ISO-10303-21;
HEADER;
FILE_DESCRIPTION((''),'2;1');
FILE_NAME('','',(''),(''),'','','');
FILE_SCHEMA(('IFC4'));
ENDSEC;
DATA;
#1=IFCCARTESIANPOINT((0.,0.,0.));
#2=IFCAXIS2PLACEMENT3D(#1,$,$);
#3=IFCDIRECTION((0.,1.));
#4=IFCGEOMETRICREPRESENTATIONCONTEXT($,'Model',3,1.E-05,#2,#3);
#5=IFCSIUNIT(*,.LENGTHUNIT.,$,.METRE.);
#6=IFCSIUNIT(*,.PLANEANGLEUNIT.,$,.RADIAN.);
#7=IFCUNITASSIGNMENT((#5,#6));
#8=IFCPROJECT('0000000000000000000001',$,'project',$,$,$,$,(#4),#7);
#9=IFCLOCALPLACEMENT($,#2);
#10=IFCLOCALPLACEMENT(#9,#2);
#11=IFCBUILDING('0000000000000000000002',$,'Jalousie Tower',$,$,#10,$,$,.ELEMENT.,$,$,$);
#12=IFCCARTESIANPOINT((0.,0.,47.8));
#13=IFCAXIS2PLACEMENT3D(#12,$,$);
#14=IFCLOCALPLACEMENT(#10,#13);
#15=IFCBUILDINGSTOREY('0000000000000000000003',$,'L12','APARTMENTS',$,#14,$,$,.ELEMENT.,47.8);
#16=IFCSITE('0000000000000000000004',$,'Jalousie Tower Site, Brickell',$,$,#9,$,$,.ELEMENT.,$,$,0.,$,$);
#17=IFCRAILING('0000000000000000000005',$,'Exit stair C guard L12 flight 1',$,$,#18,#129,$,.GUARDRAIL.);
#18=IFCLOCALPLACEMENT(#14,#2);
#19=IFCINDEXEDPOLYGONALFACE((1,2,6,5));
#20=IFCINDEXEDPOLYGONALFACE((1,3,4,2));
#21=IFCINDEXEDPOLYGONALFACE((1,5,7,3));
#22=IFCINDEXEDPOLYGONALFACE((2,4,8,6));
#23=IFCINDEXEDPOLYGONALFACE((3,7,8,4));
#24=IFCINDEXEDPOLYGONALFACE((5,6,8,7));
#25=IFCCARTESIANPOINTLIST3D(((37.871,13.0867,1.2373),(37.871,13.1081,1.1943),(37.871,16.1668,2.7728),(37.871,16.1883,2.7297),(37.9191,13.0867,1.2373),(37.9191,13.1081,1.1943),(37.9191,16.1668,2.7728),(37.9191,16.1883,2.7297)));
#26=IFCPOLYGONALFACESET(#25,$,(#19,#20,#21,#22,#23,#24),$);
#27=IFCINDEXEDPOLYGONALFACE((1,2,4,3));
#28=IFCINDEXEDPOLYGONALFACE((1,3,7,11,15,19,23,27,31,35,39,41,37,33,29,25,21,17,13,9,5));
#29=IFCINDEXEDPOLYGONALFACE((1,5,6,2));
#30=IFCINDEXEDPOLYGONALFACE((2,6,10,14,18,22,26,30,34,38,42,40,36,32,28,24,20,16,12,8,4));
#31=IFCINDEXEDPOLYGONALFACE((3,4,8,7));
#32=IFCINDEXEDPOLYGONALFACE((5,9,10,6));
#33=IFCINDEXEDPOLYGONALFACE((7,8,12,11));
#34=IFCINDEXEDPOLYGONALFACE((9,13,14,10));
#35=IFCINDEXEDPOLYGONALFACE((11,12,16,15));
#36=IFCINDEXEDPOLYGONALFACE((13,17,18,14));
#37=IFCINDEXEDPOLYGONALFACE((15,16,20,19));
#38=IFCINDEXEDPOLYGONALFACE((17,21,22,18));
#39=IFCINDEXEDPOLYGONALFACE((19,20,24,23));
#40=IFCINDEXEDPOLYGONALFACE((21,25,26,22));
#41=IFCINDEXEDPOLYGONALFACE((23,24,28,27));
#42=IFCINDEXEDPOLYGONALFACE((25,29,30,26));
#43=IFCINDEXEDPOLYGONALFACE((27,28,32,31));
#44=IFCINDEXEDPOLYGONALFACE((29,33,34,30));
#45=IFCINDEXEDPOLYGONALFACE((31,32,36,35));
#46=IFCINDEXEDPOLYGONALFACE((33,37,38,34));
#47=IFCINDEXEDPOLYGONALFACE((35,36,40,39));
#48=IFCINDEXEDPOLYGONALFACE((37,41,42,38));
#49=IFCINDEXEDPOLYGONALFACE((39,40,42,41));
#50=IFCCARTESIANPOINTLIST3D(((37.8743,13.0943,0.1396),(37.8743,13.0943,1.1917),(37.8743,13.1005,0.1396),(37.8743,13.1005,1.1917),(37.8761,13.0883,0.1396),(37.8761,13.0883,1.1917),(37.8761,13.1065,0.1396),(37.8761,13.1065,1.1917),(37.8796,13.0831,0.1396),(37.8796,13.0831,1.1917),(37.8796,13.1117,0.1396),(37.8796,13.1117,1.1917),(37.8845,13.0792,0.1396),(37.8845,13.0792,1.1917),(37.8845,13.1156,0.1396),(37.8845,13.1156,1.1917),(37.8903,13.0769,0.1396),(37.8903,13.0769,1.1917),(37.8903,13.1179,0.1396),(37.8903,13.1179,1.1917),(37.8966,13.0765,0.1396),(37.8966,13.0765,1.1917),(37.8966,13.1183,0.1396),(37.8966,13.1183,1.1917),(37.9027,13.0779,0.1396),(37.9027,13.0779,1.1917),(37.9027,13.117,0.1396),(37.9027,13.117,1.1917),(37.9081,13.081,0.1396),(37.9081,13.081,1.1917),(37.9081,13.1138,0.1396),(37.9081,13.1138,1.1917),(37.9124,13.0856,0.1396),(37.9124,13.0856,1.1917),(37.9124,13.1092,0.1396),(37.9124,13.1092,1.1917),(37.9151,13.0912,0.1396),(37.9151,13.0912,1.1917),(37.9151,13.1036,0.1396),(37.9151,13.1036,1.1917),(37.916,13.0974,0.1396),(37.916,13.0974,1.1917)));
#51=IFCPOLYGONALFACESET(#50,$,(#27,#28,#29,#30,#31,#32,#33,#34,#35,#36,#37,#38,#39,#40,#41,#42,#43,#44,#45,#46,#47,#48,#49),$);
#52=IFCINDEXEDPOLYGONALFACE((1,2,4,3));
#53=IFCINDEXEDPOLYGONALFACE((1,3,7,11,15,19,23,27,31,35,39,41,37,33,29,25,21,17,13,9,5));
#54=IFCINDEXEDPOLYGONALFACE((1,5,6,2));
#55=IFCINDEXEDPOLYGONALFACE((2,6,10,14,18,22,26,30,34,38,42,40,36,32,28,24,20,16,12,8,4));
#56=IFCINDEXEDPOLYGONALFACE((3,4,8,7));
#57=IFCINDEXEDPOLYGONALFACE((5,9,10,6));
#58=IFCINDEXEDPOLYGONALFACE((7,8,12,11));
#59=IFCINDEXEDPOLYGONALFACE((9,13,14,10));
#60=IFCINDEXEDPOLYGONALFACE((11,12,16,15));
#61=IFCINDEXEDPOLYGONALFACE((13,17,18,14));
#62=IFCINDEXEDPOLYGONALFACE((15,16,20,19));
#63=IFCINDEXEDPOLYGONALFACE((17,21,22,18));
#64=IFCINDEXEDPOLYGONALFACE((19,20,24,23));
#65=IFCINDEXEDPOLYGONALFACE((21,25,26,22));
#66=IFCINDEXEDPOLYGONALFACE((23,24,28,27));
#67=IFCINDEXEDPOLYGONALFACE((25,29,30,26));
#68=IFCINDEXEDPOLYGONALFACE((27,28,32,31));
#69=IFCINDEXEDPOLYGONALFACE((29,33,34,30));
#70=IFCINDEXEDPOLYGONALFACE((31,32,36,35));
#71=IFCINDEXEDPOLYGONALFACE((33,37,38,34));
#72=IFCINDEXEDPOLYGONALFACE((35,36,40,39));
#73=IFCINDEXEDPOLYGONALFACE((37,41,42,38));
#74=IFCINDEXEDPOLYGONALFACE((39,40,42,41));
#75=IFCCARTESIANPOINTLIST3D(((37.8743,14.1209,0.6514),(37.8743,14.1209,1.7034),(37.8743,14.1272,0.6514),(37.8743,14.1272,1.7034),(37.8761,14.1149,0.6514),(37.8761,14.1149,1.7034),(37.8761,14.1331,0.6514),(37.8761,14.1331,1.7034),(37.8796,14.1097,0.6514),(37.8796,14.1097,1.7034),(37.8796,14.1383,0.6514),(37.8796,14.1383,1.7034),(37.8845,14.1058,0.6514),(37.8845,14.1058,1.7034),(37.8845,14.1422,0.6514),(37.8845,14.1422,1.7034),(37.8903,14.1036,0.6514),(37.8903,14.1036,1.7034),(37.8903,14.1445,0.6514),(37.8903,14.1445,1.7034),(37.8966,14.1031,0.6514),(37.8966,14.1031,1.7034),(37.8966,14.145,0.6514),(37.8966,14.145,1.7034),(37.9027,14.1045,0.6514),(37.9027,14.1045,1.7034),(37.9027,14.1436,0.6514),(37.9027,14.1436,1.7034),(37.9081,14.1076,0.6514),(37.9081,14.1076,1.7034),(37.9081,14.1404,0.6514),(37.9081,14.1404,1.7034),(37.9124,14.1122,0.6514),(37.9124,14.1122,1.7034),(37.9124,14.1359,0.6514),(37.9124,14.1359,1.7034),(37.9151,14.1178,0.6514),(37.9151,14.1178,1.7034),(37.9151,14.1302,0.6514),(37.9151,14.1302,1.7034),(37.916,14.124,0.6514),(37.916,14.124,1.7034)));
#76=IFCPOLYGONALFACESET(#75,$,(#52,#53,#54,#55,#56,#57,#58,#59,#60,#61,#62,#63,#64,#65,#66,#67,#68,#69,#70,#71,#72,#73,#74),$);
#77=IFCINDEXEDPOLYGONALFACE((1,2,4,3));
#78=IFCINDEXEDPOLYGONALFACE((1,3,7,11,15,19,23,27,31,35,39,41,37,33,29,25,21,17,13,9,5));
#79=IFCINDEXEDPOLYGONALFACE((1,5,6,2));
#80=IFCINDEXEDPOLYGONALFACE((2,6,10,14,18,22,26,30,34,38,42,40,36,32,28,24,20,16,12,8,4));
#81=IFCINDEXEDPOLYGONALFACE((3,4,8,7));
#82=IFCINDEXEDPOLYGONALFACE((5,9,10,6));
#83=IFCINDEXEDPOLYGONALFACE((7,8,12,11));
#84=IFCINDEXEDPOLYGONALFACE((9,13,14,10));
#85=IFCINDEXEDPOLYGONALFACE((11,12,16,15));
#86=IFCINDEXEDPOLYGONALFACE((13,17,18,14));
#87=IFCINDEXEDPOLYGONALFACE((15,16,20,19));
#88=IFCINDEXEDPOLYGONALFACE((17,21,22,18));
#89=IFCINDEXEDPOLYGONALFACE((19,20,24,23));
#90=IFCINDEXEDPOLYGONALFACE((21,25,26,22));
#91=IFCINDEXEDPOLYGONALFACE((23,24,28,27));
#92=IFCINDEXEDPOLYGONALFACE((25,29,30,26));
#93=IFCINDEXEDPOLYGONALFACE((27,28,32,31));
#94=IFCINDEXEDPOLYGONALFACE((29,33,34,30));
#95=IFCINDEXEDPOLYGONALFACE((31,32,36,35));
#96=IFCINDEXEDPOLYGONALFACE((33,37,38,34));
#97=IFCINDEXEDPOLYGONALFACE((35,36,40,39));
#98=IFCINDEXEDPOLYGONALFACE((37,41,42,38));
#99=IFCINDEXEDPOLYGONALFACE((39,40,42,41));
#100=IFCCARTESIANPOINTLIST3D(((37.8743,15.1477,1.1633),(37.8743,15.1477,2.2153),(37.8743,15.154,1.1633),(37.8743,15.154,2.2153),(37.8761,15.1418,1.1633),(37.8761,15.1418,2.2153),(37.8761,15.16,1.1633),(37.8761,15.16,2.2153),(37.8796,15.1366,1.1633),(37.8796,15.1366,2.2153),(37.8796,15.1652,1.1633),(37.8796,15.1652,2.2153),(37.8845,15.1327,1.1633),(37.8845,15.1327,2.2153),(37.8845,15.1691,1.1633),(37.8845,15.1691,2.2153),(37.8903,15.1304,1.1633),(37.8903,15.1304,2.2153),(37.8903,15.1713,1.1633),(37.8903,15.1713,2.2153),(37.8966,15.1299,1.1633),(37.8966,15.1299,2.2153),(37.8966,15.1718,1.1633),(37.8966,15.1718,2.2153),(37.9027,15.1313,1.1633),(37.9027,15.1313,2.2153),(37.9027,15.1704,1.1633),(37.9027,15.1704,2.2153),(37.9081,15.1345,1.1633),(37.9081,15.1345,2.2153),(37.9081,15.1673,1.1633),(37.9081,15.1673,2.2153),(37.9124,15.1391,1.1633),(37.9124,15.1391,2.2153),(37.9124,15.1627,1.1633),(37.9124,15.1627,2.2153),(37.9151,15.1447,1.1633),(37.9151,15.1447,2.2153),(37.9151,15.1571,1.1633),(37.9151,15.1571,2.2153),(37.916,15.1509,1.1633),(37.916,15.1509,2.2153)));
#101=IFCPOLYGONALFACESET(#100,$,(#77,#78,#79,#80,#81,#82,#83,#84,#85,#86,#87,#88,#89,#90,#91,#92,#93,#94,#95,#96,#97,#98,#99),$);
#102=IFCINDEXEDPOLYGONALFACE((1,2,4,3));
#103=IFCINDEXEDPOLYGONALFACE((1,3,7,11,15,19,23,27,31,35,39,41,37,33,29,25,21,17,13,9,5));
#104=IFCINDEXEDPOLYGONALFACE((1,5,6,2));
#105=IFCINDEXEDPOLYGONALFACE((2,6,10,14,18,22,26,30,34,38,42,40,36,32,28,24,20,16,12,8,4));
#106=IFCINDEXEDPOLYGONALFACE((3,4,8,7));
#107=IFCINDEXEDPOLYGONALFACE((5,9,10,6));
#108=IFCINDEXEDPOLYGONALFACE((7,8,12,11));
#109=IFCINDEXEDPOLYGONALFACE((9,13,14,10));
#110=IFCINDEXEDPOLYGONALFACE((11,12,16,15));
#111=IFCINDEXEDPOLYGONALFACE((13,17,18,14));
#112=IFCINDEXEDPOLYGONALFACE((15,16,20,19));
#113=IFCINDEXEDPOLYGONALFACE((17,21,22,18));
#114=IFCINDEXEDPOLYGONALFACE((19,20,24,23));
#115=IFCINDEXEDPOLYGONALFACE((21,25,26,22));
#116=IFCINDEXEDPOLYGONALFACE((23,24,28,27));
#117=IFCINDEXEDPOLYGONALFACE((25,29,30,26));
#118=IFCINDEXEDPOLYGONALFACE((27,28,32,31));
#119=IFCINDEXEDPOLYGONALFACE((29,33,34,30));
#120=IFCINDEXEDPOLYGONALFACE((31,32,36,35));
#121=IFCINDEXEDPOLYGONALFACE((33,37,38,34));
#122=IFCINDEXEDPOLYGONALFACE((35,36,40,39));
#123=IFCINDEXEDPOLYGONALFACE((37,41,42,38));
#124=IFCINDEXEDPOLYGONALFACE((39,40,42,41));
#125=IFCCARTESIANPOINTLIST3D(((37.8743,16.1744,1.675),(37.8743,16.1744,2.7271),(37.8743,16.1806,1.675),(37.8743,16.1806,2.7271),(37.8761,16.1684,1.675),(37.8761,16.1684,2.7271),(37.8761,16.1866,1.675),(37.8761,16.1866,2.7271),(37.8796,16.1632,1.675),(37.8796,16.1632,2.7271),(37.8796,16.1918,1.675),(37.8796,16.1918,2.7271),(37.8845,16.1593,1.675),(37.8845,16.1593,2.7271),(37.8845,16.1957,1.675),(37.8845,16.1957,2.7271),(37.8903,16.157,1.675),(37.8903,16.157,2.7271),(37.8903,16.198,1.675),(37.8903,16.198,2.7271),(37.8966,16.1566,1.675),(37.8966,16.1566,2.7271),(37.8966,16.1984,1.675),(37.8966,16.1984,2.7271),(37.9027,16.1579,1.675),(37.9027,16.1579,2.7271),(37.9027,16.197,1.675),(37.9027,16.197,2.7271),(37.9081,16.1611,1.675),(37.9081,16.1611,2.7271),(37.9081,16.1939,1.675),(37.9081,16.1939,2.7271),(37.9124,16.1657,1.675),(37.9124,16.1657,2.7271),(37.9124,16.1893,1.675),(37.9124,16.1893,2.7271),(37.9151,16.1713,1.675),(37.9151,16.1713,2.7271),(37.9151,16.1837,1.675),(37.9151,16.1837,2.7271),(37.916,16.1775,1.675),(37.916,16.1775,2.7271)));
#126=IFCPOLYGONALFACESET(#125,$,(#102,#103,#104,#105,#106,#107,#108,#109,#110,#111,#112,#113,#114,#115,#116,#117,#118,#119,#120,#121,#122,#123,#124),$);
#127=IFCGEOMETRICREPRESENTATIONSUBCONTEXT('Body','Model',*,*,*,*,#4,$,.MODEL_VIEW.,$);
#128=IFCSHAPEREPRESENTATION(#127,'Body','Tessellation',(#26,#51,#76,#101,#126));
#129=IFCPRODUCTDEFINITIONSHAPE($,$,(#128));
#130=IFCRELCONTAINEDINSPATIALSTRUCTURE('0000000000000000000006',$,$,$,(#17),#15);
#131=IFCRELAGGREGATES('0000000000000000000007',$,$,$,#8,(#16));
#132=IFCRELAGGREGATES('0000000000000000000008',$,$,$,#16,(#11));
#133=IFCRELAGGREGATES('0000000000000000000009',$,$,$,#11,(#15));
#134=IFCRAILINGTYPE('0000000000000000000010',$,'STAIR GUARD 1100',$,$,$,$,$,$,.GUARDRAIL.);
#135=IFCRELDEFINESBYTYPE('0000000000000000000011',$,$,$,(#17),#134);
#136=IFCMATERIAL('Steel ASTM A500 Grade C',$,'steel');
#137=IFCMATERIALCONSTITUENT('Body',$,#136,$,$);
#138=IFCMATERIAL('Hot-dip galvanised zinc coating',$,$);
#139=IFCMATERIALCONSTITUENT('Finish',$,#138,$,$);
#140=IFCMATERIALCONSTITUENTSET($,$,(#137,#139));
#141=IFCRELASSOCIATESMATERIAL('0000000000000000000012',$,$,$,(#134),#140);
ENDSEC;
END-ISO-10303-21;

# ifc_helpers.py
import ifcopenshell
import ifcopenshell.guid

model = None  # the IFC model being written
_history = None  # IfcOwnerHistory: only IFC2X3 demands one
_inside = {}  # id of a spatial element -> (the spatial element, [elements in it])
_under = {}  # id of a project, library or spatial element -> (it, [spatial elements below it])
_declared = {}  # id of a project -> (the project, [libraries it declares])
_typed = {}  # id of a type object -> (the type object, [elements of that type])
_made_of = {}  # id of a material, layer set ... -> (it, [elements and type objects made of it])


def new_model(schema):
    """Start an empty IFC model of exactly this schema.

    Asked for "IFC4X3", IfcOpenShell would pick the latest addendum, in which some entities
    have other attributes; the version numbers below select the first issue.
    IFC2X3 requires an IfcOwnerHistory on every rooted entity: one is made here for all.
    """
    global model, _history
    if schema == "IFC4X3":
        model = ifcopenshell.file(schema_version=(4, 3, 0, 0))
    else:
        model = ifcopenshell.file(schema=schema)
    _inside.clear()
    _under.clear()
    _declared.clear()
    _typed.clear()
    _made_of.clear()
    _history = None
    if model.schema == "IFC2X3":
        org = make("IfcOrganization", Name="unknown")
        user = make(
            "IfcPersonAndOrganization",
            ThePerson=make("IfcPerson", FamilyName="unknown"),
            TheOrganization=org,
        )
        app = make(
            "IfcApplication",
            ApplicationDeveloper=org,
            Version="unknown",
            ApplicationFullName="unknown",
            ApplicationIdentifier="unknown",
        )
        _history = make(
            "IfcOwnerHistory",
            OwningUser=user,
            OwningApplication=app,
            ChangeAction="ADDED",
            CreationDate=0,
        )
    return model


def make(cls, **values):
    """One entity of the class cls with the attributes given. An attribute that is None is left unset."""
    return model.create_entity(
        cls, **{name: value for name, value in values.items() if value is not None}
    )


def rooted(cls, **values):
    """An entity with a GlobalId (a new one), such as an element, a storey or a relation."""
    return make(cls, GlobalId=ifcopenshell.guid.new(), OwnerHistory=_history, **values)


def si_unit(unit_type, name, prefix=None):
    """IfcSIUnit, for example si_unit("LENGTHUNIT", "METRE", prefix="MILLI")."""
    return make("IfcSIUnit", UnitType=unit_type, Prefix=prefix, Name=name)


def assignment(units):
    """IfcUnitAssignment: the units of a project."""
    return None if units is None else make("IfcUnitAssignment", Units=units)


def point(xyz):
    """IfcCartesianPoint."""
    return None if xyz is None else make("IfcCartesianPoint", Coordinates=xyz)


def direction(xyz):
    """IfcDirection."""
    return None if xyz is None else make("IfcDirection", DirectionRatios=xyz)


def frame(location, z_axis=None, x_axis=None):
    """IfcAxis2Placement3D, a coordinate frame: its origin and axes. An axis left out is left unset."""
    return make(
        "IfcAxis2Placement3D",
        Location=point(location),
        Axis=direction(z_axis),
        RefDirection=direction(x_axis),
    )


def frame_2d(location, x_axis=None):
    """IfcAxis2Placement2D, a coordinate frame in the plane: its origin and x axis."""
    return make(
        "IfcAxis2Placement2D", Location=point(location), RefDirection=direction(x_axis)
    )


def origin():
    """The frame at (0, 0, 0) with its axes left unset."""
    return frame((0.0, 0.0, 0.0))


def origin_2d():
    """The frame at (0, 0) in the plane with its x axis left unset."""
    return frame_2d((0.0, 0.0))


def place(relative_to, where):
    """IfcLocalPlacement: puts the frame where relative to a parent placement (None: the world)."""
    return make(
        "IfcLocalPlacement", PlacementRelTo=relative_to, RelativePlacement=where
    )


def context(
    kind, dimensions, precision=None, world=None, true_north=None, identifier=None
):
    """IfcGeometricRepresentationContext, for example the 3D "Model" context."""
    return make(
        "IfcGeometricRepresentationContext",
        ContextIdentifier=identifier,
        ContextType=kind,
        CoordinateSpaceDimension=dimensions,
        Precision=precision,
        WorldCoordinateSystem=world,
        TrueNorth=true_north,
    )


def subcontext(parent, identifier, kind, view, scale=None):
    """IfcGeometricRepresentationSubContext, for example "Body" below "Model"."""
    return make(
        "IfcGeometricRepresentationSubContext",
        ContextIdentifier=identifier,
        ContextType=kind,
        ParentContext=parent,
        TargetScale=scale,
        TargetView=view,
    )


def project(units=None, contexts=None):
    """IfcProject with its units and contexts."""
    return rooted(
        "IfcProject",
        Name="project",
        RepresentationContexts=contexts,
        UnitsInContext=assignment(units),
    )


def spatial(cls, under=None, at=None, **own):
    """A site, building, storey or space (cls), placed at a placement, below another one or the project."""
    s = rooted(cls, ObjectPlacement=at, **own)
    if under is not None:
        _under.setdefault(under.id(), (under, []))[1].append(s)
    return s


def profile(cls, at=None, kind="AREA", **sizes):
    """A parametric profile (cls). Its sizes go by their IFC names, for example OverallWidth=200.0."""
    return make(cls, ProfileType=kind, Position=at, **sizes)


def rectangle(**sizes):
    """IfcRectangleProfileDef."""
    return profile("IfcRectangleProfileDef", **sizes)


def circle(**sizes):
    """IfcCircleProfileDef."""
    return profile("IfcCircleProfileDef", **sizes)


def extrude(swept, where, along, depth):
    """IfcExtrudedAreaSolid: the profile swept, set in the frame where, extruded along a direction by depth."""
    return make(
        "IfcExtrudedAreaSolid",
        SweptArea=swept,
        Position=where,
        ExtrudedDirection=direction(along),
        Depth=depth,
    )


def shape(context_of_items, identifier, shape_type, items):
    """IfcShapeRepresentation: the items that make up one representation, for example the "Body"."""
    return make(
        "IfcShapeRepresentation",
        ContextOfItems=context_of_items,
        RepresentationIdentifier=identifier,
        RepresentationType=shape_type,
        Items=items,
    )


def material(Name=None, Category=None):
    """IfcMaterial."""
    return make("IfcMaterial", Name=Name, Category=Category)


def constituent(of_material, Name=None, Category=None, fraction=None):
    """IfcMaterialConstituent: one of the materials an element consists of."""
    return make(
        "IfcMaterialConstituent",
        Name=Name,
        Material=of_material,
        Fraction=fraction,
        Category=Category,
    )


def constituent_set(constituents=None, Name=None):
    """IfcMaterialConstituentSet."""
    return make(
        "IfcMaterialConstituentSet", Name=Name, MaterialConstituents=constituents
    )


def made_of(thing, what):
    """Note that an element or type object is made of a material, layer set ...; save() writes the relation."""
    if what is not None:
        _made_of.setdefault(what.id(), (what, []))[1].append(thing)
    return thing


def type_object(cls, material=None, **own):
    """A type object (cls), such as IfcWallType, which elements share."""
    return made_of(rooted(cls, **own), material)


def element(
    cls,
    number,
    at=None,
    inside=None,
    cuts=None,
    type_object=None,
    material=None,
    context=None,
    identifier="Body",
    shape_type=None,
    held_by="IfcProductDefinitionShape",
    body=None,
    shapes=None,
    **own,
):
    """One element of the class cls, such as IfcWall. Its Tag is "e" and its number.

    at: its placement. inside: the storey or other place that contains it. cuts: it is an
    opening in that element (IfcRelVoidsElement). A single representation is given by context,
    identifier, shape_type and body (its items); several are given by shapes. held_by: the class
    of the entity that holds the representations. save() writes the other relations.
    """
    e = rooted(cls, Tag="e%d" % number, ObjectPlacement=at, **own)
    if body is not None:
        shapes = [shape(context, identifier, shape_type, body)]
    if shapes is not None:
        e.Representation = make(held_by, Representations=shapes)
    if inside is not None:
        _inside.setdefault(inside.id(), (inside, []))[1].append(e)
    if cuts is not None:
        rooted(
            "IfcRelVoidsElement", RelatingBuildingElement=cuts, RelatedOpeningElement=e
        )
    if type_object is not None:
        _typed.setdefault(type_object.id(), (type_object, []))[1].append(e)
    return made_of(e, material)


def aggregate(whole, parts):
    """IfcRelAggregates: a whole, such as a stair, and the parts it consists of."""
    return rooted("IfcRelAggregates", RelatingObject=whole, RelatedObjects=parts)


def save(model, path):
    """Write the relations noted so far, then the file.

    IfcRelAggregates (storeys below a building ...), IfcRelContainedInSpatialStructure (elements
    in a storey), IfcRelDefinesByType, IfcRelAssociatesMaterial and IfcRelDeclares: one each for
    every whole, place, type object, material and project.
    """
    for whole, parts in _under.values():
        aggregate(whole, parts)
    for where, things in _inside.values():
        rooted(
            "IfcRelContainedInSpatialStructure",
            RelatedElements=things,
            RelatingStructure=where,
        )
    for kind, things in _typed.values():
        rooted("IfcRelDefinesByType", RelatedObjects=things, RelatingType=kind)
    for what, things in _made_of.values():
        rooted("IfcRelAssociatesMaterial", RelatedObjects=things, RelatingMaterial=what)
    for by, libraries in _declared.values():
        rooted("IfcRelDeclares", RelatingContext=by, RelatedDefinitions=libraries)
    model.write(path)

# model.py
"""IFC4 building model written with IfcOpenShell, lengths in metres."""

from ifc_helpers import new_model, si_unit, direction, frame, origin, origin_2d, place, context, subcontext, project, spatial, rectangle, circle, extrude, material, constituent, constituent_set, type_object, element, save


model = new_model("IFC4")

# Units and contexts
model_context = context("Model", 3, precision=1e-05, world=origin(), true_north=direction((0.0, 1.0)))
body_context = subcontext(model_context, "Body", "Model", "MODEL_VIEW")
ifc_project = project(units=[si_unit("LENGTHUNIT", "METRE"), si_unit("PLANEANGLEUNIT", "RADIAN")], contexts=[model_context])

# Site, building, storey
site_placement = place(None, origin())
site = spatial("IfcSite", under=ifc_project, at=site_placement, Name="Jalousie Tower Site, Brickell", CompositionType="ELEMENT", RefElevation=0.0)
building_placement = place(site_placement, origin())
building = spatial("IfcBuilding", under=site, at=building_placement, Name="Jalousie Tower", CompositionType="ELEMENT")
storey_placement = place(building_placement, frame((0.0, 0.0, 47.8)))
storey = spatial("IfcBuildingStorey", under=building, at=storey_placement, Name="L12", Description="APARTMENTS", CompositionType="ELEMENT", Elevation=47.8)

# Railing
ifc_material_1 = material(Name="Steel ASTM A500 Grade C", Category="steel")
ifc_constituent_1 = constituent(ifc_material_1, Name="Body")
ifc_material_2 = material(Name="Hot-dip galvanised zinc coating")
ifc_constituent_2 = constituent(ifc_material_2, Name="Finish")
ifc_constituent_set_1 = constituent_set(constituents=[ifc_constituent_1, ifc_constituent_2])
railing_type_1 = type_object("IfcRailingType", Name="STAIR GUARD 1100", PredefinedType="GUARDRAIL", material=ifc_constituent_set_1)
railing_1_placement = place(storey_placement, frame((37.895, 13.0974, 0.1396)))
element("IfcRailing", 1, at=railing_1_placement, inside=storey, type_object=railing_type_1, Name="Exit stair C guard L12 flight 1", PredefinedType="GUARDRAIL", context=body_context, shape_type="SweptSolid", body=[
    extrude(rectangle(XDim=0.0481, YDim=0.0481, at=origin_2d()), frame((0.0, 0.0, 1.0762), z_axis=(0.0, 0.894966, 0.446135), x_axis=(-1.0, 0.0, 0.0)), (0.0, 0.0, 1.0), 3.4417),
    extrude(circle(Radius=0.021, at=origin_2d()), origin(), (0.0, 0.0, 1.0), 1.052),
    extrude(circle(Radius=0.021, at=origin_2d()), frame((0.0, 1.0266, 0.5117)), (0.0, 0.0, 1.0), 1.052),
    extrude(circle(Radius=0.021, at=origin_2d()), frame((0.0, 2.0535, 1.0237)), (0.0, 0.0, 1.0), 1.052),
    extrude(circle(Radius=0.021, at=origin_2d()), frame((0.0, 3.0801, 1.5354)), (0.0, 0.0, 1.0), 1.052),
])

save(model, "model.ifc")
